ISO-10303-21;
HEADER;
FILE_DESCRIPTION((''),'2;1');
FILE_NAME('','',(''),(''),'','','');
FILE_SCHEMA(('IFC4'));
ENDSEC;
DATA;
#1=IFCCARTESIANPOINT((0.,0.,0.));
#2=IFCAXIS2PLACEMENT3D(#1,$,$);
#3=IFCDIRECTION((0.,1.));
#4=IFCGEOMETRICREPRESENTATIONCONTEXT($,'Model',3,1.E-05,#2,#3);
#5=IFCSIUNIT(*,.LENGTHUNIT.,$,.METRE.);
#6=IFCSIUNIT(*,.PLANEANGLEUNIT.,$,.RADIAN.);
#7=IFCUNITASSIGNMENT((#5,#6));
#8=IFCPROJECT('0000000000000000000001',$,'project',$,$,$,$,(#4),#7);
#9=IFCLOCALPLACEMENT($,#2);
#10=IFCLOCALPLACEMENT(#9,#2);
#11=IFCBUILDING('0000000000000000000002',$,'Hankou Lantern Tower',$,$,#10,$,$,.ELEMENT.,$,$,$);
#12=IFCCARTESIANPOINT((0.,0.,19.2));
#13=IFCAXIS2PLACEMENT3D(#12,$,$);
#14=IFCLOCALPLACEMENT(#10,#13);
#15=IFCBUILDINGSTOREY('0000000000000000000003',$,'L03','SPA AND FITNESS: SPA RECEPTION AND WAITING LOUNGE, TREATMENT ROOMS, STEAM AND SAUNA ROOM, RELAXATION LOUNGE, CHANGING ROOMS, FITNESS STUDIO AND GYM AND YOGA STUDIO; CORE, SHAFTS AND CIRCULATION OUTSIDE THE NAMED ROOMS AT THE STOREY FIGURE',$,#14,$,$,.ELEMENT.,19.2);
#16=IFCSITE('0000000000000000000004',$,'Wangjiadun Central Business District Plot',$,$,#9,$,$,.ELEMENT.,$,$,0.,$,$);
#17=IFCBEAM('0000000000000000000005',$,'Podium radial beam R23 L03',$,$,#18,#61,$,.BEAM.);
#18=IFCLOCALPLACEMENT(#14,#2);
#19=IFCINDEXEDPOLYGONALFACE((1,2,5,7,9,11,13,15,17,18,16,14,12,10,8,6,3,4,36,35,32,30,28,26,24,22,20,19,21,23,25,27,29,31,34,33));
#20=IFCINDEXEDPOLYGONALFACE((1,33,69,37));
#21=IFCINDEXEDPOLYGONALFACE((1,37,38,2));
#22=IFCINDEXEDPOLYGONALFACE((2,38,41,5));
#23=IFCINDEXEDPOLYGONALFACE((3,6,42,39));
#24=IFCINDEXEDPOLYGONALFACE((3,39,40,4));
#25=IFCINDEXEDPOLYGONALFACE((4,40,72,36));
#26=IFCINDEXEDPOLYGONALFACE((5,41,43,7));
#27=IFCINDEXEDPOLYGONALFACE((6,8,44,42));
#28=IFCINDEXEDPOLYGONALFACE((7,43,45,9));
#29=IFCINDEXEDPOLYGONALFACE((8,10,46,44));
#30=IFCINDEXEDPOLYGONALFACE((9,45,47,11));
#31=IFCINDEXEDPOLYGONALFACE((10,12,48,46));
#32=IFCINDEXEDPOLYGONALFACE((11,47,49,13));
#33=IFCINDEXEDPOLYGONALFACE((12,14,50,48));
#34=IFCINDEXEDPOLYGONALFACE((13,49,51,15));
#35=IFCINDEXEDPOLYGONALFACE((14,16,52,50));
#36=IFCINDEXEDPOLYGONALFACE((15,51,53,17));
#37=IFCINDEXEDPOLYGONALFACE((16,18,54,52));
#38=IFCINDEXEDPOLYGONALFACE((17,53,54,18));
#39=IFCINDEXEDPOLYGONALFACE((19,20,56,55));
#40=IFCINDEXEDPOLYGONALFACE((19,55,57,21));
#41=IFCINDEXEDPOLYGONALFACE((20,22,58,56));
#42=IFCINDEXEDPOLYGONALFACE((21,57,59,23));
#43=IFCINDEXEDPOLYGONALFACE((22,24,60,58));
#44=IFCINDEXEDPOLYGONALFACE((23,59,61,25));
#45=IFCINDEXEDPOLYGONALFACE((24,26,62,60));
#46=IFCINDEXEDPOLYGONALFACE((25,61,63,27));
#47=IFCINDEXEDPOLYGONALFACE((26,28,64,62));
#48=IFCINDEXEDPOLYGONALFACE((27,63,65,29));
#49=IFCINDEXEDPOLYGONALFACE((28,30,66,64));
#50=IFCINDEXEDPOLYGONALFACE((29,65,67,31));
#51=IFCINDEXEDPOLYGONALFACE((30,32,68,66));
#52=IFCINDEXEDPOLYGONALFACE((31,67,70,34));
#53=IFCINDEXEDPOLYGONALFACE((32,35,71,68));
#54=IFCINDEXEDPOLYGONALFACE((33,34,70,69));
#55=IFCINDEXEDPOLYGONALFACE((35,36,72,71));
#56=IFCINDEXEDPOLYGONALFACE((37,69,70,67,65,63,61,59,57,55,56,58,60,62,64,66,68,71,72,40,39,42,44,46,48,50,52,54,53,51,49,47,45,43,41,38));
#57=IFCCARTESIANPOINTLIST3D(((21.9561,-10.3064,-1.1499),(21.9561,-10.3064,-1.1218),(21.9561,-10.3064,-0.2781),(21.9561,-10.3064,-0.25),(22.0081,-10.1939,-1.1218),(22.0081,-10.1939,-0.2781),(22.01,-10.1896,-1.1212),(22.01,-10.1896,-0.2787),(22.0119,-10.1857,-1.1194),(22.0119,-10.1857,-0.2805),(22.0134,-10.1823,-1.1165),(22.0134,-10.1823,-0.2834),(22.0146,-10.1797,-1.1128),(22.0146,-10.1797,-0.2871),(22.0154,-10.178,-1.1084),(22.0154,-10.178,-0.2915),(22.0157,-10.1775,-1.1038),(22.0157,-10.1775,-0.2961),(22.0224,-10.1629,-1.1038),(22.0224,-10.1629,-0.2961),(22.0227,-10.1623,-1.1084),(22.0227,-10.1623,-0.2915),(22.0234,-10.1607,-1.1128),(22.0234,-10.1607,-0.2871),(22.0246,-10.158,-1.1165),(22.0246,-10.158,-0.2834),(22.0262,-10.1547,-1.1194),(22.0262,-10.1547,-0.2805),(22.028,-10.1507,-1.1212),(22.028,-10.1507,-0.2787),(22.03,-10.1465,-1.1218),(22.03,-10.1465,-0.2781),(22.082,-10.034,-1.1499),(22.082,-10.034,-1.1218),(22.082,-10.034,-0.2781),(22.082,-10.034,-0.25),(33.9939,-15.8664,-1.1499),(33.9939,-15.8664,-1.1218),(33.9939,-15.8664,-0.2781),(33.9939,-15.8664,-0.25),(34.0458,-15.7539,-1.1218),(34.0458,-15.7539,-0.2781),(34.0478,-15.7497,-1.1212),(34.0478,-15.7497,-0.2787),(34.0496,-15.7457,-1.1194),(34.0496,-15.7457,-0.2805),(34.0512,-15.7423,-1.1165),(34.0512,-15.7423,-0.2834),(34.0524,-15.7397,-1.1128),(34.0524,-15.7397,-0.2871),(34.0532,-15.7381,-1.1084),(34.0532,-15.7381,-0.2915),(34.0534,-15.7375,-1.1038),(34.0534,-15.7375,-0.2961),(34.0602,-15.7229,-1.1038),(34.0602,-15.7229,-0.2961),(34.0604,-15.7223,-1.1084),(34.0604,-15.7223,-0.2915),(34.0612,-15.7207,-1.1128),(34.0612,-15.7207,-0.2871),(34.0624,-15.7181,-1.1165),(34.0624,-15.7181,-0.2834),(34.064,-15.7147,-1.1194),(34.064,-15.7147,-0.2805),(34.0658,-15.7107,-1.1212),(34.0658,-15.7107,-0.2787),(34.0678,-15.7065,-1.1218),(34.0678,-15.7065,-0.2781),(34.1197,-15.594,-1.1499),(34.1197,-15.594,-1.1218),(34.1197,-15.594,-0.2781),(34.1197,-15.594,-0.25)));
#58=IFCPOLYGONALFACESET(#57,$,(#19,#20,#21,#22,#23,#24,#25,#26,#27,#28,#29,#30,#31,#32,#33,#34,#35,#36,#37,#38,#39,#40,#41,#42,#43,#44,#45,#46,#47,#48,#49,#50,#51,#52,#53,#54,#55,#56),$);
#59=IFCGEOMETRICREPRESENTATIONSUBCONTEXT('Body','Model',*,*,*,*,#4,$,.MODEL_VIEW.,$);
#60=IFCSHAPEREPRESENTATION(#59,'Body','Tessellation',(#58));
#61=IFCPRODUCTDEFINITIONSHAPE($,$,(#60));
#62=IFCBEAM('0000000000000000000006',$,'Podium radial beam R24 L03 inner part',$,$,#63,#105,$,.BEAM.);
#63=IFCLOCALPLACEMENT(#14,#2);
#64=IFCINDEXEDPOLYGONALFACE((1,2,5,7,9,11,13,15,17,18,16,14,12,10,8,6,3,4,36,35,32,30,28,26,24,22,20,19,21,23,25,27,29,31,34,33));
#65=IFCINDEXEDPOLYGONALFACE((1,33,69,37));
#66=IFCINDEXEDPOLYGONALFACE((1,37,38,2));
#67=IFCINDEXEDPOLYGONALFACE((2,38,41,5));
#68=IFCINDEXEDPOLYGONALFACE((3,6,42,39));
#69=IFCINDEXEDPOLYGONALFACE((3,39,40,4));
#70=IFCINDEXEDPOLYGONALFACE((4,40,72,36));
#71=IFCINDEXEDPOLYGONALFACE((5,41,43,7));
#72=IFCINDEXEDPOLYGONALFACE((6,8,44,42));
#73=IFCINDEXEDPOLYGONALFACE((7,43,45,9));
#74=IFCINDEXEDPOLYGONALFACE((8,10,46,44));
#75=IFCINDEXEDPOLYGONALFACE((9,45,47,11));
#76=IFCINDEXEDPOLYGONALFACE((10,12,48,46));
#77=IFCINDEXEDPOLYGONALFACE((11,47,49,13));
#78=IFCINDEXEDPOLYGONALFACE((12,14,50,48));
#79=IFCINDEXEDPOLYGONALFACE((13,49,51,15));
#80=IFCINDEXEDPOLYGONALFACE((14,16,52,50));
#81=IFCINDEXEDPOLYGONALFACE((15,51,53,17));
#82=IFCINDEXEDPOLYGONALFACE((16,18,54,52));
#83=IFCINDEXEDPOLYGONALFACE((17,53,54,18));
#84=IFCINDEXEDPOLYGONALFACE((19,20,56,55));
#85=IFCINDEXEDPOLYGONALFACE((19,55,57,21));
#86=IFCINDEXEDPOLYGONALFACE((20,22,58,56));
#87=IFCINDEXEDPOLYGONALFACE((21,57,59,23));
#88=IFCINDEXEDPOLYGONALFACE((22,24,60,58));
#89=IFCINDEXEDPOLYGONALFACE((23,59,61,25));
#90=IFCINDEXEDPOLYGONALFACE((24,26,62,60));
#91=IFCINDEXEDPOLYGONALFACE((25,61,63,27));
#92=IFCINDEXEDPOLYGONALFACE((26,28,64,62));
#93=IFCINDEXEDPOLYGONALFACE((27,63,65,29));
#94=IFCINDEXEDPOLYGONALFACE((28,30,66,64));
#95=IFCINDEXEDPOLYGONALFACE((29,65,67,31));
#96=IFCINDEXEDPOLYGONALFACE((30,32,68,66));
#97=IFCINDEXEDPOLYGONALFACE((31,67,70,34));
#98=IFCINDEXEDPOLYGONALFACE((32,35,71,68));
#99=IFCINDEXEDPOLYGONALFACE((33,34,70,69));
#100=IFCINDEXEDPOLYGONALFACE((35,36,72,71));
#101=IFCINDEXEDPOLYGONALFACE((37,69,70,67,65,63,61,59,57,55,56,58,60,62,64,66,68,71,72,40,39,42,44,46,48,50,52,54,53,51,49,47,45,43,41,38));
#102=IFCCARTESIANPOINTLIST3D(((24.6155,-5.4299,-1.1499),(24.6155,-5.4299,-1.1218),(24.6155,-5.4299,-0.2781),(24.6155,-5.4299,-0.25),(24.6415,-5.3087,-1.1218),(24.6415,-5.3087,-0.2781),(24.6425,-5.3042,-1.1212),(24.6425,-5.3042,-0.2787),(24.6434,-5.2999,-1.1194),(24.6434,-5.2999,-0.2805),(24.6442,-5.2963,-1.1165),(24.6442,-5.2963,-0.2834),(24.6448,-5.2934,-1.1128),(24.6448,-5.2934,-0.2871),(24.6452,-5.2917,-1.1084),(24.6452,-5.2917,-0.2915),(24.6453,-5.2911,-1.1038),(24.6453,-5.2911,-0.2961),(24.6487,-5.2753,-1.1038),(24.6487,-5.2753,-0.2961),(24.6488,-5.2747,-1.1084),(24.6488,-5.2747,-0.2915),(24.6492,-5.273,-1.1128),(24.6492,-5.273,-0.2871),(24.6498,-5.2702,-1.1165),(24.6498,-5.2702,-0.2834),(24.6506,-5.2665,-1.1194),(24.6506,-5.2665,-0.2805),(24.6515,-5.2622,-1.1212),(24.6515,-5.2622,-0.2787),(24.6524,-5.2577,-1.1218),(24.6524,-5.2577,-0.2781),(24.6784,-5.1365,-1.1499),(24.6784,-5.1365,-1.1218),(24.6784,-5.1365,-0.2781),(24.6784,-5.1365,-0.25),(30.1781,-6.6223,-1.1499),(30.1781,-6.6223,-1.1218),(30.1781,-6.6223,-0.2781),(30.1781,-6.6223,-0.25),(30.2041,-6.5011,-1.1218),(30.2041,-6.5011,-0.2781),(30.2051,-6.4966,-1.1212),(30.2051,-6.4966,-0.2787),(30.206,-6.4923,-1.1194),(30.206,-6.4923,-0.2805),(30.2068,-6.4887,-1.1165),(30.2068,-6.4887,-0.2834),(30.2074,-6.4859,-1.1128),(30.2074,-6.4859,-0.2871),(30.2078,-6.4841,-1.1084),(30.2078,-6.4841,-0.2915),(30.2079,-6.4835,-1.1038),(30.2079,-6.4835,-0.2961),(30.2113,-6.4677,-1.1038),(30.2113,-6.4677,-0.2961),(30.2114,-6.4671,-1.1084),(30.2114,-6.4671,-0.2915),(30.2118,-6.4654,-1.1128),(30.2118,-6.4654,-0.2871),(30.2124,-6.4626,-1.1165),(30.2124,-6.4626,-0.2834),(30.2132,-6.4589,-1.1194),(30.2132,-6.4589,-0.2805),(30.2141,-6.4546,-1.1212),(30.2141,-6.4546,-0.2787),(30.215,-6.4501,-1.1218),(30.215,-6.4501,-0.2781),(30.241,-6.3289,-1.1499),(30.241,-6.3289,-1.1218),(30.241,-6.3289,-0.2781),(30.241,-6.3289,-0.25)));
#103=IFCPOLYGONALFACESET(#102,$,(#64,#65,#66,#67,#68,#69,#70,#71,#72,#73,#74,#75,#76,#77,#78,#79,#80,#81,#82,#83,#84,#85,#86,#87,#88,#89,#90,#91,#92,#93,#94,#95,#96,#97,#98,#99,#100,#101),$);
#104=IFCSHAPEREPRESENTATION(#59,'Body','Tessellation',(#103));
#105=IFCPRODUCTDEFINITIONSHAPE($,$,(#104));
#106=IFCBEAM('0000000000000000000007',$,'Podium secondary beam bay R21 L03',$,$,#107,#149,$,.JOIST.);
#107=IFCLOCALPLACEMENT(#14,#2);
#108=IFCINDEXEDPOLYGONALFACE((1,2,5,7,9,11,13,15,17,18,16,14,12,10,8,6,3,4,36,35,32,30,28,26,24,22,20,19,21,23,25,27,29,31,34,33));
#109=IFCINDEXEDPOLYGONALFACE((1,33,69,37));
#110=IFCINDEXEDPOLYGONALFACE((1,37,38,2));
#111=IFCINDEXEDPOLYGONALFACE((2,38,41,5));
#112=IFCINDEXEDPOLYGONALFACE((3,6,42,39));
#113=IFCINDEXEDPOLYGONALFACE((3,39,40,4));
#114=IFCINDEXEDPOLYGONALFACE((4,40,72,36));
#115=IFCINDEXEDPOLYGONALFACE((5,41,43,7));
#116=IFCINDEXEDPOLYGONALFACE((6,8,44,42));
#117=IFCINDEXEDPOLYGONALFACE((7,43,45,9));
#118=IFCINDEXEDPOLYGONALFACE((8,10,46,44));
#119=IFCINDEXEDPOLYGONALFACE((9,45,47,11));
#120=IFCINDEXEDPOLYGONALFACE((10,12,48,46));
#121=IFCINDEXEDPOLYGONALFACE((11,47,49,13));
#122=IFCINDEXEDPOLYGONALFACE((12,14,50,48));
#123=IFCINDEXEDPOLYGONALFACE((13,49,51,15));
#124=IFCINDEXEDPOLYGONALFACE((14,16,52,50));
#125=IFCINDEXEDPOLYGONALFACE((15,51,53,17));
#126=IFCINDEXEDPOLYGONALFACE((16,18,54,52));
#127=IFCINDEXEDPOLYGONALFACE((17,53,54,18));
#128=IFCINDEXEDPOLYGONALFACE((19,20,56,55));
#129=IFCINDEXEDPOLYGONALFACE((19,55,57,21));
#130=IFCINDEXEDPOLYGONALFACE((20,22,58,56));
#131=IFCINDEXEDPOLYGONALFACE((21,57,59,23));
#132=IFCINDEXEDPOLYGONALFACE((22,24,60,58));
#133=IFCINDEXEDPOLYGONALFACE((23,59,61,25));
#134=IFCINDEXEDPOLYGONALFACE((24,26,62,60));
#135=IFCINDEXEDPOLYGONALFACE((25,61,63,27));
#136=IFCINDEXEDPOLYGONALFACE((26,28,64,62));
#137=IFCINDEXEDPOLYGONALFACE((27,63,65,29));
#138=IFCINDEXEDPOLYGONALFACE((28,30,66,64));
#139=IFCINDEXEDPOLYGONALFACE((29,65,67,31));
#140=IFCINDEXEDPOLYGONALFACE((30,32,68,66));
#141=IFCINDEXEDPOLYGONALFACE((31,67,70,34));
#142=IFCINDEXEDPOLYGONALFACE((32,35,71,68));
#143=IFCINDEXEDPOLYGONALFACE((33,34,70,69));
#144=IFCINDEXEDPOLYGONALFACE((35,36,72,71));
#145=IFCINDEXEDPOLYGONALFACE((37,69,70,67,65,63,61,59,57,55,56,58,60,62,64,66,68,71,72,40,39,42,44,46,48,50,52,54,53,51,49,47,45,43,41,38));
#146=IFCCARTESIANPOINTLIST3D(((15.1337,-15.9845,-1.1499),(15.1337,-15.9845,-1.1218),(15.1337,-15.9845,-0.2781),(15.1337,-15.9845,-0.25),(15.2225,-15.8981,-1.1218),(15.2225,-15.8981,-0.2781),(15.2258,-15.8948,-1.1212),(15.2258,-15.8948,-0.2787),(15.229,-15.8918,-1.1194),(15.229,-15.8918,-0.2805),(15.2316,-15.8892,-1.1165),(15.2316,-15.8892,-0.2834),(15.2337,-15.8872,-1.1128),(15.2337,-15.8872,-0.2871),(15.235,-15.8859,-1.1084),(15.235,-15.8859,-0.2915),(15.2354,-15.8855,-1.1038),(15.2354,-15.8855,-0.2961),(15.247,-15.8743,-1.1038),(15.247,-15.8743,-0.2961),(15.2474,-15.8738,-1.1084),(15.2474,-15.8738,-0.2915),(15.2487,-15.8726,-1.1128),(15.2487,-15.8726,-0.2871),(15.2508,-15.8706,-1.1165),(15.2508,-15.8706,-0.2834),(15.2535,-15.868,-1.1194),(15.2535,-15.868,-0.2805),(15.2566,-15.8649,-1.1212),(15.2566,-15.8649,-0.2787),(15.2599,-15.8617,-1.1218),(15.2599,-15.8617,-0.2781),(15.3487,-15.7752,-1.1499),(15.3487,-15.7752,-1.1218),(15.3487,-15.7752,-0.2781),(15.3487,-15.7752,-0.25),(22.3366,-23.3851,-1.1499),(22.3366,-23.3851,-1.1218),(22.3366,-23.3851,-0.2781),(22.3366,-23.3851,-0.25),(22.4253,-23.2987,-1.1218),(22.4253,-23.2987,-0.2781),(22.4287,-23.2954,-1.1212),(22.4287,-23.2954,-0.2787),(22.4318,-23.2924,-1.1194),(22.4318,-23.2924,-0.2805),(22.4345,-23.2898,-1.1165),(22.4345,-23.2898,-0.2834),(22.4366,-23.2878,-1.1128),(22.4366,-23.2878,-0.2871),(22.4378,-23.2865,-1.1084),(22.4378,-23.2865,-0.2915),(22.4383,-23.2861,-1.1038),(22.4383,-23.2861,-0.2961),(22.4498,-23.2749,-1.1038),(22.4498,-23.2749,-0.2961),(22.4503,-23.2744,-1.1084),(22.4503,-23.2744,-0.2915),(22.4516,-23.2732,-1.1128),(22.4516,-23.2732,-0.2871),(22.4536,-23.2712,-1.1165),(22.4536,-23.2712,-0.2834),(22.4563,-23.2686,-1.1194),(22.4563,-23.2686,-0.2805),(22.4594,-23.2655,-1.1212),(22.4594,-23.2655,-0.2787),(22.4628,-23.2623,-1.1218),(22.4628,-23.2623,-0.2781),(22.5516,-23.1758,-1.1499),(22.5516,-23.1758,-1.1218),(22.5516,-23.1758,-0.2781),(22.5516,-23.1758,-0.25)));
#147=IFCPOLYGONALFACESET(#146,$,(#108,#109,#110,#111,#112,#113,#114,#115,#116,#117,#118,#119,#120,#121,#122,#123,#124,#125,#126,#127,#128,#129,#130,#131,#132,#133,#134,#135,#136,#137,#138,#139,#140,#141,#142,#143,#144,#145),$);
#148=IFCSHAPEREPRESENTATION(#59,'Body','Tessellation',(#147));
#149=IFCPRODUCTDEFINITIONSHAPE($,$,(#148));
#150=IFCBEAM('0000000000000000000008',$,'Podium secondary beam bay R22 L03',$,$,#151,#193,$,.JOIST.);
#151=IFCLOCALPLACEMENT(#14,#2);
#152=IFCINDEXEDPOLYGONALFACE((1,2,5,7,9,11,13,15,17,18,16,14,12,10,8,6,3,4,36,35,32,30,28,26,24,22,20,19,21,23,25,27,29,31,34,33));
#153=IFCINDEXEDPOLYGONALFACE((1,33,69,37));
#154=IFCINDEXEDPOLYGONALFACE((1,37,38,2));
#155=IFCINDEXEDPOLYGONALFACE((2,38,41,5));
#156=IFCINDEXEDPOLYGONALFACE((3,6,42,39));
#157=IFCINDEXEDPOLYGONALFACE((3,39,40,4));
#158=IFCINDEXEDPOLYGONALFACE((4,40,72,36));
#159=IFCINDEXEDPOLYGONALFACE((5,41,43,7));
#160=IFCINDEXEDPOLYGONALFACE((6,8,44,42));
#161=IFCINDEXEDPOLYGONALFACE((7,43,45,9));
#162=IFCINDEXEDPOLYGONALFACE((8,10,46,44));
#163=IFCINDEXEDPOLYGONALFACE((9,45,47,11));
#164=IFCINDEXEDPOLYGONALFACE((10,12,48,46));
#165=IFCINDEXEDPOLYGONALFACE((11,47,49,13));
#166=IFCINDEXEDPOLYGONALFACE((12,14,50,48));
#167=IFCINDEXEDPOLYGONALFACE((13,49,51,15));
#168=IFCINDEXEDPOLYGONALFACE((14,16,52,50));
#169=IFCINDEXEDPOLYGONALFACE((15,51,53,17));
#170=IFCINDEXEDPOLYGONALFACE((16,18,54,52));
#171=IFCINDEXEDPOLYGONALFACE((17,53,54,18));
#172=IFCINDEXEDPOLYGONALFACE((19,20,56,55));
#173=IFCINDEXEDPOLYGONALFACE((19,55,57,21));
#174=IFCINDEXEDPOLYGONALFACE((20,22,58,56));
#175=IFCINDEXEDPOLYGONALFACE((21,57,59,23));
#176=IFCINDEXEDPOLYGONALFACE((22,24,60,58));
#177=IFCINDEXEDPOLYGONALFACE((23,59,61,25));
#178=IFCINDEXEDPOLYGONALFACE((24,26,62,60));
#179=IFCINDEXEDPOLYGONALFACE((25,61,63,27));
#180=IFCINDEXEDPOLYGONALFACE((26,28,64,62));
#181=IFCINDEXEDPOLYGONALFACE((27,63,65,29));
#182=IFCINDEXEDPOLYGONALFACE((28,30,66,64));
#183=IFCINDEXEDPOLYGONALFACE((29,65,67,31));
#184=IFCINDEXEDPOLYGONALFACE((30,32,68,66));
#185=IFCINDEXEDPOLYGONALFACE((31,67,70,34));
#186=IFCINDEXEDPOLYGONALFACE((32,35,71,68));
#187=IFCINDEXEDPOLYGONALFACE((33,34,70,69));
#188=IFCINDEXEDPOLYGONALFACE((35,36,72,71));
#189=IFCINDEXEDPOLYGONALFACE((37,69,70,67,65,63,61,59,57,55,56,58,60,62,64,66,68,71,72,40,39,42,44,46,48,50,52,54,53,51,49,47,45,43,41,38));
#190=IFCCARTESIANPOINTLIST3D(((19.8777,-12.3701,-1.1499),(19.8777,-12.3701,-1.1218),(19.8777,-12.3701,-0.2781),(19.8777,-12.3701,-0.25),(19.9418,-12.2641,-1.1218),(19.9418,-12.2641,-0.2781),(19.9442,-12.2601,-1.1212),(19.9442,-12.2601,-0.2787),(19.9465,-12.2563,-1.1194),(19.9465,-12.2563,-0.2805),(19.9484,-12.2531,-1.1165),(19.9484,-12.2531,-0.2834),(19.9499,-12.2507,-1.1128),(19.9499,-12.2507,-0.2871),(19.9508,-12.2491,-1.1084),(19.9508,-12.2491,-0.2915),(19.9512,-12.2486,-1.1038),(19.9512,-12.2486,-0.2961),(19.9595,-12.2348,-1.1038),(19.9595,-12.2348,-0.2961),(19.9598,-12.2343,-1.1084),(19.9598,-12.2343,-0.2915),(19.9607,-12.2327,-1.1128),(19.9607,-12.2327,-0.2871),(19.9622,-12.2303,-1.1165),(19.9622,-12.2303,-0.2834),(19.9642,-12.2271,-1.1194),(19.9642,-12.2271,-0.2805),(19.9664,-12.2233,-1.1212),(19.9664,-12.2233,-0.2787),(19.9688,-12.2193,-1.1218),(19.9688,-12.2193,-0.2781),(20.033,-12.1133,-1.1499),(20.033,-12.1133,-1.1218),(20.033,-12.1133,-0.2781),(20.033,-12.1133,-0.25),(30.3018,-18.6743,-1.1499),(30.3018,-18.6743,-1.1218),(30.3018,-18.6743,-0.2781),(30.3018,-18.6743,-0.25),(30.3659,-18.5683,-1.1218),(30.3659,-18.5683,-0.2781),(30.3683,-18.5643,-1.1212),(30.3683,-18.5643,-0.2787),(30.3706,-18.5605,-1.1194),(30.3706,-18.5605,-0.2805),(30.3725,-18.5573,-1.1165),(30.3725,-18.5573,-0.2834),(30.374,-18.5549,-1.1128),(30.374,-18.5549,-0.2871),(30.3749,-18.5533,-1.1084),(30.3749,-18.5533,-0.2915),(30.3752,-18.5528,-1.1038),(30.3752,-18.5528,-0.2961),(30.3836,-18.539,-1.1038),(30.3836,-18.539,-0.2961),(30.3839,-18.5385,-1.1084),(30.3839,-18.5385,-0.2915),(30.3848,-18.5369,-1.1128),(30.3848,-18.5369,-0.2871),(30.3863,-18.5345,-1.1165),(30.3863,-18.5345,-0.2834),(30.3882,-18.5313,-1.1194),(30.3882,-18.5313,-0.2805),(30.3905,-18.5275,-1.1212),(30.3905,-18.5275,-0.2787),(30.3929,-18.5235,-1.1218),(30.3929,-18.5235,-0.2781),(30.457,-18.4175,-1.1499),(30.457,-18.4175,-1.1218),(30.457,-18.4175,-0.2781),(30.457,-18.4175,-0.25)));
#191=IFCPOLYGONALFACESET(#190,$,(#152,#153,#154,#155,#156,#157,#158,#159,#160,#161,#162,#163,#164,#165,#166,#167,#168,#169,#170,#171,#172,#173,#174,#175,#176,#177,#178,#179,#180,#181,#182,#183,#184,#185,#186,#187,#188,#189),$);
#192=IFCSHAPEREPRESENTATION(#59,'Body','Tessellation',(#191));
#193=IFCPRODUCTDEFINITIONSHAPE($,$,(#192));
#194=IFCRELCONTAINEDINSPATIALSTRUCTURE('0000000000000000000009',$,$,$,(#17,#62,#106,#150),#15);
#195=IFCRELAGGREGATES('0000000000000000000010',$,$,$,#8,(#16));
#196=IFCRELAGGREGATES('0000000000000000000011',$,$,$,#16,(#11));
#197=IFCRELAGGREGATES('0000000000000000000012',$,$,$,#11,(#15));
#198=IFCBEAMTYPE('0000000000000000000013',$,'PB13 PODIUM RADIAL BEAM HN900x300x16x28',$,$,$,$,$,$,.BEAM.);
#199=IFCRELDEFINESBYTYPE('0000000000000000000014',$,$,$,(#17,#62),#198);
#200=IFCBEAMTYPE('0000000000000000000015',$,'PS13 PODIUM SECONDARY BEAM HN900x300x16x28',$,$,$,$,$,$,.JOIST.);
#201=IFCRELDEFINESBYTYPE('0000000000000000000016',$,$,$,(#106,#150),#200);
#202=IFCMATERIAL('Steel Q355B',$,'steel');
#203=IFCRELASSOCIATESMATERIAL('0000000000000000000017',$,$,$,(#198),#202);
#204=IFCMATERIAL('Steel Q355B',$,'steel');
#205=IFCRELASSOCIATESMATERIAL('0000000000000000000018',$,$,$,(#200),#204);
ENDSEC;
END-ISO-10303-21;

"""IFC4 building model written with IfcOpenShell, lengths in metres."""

from ifc_helpers import new_model, si_unit, direction, frame, origin, origin_2d, place, context, subcontext, project, spatial, i_section, extrude, material, material_profile, profile_set, type_object, element, save


model = new_model("IFC4")

# Units and contexts
model_context = context("Model", 3, precision=1e-05, world=origin(), true_north=direction((0.0, 1.0)))
body_context = subcontext(model_context, "Body", "Model", "MODEL_VIEW")
ifc_project = project(units=[si_unit("LENGTHUNIT", "METRE"), si_unit("PLANEANGLEUNIT", "RADIAN")], contexts=[model_context])

# Site, building, storey
site_placement = place(None, origin())
site = spatial("IfcSite", under=ifc_project, at=site_placement, Name="Wangjiadun Central Business District Plot", CompositionType="ELEMENT", RefElevation=0.0)
building_placement = place(site_placement, origin())
building = spatial("IfcBuilding", under=site, at=building_placement, Name="Hankou Lantern Tower", CompositionType="ELEMENT")
storey_placement = place(building_placement, frame((0.0, 0.0, 19.2)))
storey = spatial("IfcBuildingStorey", under=building, at=storey_placement, Name="L03", Description="SPA AND FITNESS: SPA RECEPTION AND WAITING LOUNGE, TREATMENT ROOMS, STEAM AND SAUNA ROOM, RELAXATION LOUNGE, CHANGING ROOMS, FITNESS STUDIO AND GYM AND YOGA STUDIO; CORE, SHAFTS AND CIRCULATION OUTSIDE THE NAMED ROOMS AT THE STOREY FIGURE", CompositionType="ELEMENT", Elevation=19.2)

# Beams
ifc_material_1 = material(Name="Steel Q355B", Category="steel")
ifc_material_profile_1 = material_profile(ifc_material_1, i_section(OverallWidth=0.3, OverallDepth=0.8999, WebThickness=0.0161, FlangeThickness=0.0281, FilletRadius=0.0181, at=origin_2d()), Name="HN900x300x16x28")
ifc_profile_set_1 = profile_set([ifc_material_profile_1], Name="Steel Q355B")
beam_type_1 = type_object("IfcBeamType", Name="PB13 PODIUM RADIAL BEAM HN900x300x16x28", PredefinedType="BEAM", material=ifc_profile_set_1)
beam_1_placement = place(storey_placement, frame((22.019, -10.1702, -0.7), z_axis=(0.907841, -0.419315, 0.0), x_axis=(0.419315, 0.907841, 0.0)))
element("IfcBeam", 1, at=beam_1_placement, inside=storey, type_object=beam_type_1, Name="Podium radial beam R23 L03", PredefinedType="BEAM", context=body_context, shape_type="SweptSolid", body=[
    extrude(i_section(OverallWidth=0.3, OverallDepth=0.8999, WebThickness=0.0161, FlangeThickness=0.0281, FilletRadius=0.0181, at=origin_2d()), origin(), (0.0, 0.0, 1.0), 13.2598),
])
beam_2_placement = place(storey_placement, frame((24.647, -5.2832, -0.7), z_axis=(0.977787, -0.209599, 0.0), x_axis=(0.209599, 0.977787, 0.0)))
element("IfcBeam", 2, at=beam_2_placement, inside=storey, type_object=beam_type_1, Name="Podium radial beam R24 L03 inner part", PredefinedType="BEAM", context=body_context, shape_type="SweptSolid", body=[
    extrude(i_section(OverallWidth=0.3, OverallDepth=0.8999, WebThickness=0.0161, FlangeThickness=0.0281, FilletRadius=0.0181, at=origin_2d()), origin(), (0.0, 0.0, 1.0), 5.689),
])
ifc_material_2 = material(Name="Steel Q355B", Category="steel")
ifc_material_profile_2 = material_profile(ifc_material_2, i_section(OverallWidth=0.3, OverallDepth=0.8999, WebThickness=0.0161, FlangeThickness=0.0281, FilletRadius=0.0181, at=origin_2d()), Name="HN900x300x16x28")
ifc_profile_set_2 = profile_set([ifc_material_profile_2], Name="Steel Q355B")
beam_type_2 = type_object("IfcBeamType", Name="PS13 PODIUM SECONDARY BEAM HN900x300x16x28", PredefinedType="JOIST", material=ifc_profile_set_2)
beam_3_placement = place(storey_placement, frame((15.2412, -15.8799, -0.7), z_axis=(0.697468, -0.716616, 0.0), x_axis=(0.716616, 0.697468, 0.0)))
element("IfcBeam", 3, at=beam_3_placement, inside=storey, type_object=beam_type_2, Name="Podium secondary beam bay R21 L03", PredefinedType="JOIST", context=body_context, shape_type="SweptSolid", body=[
    extrude(i_section(OverallWidth=0.3, OverallDepth=0.8999, WebThickness=0.0161, FlangeThickness=0.0281, FilletRadius=0.0181, at=origin_2d()), origin(), (0.0, 0.0, 1.0), 10.3271),
])
beam_4_placement = place(storey_placement, frame((19.9553, -12.2417, -0.7), z_axis=(0.855686, -0.517496, 0.0), x_axis=(0.517496, 0.855686, 0.0)))
element("IfcBeam", 4, at=beam_4_placement, inside=storey, type_object=beam_type_2, Name="Podium secondary beam bay R22 L03", PredefinedType="JOIST", context=body_context, shape_type="SweptSolid", body=[
    extrude(i_section(OverallWidth=0.3, OverallDepth=0.8999, WebThickness=0.0161, FlangeThickness=0.0281, FilletRadius=0.0181, at=origin_2d()), origin(), (0.0, 0.0, 1.0), 12.1821),
])

save(model, "model.ifc")
